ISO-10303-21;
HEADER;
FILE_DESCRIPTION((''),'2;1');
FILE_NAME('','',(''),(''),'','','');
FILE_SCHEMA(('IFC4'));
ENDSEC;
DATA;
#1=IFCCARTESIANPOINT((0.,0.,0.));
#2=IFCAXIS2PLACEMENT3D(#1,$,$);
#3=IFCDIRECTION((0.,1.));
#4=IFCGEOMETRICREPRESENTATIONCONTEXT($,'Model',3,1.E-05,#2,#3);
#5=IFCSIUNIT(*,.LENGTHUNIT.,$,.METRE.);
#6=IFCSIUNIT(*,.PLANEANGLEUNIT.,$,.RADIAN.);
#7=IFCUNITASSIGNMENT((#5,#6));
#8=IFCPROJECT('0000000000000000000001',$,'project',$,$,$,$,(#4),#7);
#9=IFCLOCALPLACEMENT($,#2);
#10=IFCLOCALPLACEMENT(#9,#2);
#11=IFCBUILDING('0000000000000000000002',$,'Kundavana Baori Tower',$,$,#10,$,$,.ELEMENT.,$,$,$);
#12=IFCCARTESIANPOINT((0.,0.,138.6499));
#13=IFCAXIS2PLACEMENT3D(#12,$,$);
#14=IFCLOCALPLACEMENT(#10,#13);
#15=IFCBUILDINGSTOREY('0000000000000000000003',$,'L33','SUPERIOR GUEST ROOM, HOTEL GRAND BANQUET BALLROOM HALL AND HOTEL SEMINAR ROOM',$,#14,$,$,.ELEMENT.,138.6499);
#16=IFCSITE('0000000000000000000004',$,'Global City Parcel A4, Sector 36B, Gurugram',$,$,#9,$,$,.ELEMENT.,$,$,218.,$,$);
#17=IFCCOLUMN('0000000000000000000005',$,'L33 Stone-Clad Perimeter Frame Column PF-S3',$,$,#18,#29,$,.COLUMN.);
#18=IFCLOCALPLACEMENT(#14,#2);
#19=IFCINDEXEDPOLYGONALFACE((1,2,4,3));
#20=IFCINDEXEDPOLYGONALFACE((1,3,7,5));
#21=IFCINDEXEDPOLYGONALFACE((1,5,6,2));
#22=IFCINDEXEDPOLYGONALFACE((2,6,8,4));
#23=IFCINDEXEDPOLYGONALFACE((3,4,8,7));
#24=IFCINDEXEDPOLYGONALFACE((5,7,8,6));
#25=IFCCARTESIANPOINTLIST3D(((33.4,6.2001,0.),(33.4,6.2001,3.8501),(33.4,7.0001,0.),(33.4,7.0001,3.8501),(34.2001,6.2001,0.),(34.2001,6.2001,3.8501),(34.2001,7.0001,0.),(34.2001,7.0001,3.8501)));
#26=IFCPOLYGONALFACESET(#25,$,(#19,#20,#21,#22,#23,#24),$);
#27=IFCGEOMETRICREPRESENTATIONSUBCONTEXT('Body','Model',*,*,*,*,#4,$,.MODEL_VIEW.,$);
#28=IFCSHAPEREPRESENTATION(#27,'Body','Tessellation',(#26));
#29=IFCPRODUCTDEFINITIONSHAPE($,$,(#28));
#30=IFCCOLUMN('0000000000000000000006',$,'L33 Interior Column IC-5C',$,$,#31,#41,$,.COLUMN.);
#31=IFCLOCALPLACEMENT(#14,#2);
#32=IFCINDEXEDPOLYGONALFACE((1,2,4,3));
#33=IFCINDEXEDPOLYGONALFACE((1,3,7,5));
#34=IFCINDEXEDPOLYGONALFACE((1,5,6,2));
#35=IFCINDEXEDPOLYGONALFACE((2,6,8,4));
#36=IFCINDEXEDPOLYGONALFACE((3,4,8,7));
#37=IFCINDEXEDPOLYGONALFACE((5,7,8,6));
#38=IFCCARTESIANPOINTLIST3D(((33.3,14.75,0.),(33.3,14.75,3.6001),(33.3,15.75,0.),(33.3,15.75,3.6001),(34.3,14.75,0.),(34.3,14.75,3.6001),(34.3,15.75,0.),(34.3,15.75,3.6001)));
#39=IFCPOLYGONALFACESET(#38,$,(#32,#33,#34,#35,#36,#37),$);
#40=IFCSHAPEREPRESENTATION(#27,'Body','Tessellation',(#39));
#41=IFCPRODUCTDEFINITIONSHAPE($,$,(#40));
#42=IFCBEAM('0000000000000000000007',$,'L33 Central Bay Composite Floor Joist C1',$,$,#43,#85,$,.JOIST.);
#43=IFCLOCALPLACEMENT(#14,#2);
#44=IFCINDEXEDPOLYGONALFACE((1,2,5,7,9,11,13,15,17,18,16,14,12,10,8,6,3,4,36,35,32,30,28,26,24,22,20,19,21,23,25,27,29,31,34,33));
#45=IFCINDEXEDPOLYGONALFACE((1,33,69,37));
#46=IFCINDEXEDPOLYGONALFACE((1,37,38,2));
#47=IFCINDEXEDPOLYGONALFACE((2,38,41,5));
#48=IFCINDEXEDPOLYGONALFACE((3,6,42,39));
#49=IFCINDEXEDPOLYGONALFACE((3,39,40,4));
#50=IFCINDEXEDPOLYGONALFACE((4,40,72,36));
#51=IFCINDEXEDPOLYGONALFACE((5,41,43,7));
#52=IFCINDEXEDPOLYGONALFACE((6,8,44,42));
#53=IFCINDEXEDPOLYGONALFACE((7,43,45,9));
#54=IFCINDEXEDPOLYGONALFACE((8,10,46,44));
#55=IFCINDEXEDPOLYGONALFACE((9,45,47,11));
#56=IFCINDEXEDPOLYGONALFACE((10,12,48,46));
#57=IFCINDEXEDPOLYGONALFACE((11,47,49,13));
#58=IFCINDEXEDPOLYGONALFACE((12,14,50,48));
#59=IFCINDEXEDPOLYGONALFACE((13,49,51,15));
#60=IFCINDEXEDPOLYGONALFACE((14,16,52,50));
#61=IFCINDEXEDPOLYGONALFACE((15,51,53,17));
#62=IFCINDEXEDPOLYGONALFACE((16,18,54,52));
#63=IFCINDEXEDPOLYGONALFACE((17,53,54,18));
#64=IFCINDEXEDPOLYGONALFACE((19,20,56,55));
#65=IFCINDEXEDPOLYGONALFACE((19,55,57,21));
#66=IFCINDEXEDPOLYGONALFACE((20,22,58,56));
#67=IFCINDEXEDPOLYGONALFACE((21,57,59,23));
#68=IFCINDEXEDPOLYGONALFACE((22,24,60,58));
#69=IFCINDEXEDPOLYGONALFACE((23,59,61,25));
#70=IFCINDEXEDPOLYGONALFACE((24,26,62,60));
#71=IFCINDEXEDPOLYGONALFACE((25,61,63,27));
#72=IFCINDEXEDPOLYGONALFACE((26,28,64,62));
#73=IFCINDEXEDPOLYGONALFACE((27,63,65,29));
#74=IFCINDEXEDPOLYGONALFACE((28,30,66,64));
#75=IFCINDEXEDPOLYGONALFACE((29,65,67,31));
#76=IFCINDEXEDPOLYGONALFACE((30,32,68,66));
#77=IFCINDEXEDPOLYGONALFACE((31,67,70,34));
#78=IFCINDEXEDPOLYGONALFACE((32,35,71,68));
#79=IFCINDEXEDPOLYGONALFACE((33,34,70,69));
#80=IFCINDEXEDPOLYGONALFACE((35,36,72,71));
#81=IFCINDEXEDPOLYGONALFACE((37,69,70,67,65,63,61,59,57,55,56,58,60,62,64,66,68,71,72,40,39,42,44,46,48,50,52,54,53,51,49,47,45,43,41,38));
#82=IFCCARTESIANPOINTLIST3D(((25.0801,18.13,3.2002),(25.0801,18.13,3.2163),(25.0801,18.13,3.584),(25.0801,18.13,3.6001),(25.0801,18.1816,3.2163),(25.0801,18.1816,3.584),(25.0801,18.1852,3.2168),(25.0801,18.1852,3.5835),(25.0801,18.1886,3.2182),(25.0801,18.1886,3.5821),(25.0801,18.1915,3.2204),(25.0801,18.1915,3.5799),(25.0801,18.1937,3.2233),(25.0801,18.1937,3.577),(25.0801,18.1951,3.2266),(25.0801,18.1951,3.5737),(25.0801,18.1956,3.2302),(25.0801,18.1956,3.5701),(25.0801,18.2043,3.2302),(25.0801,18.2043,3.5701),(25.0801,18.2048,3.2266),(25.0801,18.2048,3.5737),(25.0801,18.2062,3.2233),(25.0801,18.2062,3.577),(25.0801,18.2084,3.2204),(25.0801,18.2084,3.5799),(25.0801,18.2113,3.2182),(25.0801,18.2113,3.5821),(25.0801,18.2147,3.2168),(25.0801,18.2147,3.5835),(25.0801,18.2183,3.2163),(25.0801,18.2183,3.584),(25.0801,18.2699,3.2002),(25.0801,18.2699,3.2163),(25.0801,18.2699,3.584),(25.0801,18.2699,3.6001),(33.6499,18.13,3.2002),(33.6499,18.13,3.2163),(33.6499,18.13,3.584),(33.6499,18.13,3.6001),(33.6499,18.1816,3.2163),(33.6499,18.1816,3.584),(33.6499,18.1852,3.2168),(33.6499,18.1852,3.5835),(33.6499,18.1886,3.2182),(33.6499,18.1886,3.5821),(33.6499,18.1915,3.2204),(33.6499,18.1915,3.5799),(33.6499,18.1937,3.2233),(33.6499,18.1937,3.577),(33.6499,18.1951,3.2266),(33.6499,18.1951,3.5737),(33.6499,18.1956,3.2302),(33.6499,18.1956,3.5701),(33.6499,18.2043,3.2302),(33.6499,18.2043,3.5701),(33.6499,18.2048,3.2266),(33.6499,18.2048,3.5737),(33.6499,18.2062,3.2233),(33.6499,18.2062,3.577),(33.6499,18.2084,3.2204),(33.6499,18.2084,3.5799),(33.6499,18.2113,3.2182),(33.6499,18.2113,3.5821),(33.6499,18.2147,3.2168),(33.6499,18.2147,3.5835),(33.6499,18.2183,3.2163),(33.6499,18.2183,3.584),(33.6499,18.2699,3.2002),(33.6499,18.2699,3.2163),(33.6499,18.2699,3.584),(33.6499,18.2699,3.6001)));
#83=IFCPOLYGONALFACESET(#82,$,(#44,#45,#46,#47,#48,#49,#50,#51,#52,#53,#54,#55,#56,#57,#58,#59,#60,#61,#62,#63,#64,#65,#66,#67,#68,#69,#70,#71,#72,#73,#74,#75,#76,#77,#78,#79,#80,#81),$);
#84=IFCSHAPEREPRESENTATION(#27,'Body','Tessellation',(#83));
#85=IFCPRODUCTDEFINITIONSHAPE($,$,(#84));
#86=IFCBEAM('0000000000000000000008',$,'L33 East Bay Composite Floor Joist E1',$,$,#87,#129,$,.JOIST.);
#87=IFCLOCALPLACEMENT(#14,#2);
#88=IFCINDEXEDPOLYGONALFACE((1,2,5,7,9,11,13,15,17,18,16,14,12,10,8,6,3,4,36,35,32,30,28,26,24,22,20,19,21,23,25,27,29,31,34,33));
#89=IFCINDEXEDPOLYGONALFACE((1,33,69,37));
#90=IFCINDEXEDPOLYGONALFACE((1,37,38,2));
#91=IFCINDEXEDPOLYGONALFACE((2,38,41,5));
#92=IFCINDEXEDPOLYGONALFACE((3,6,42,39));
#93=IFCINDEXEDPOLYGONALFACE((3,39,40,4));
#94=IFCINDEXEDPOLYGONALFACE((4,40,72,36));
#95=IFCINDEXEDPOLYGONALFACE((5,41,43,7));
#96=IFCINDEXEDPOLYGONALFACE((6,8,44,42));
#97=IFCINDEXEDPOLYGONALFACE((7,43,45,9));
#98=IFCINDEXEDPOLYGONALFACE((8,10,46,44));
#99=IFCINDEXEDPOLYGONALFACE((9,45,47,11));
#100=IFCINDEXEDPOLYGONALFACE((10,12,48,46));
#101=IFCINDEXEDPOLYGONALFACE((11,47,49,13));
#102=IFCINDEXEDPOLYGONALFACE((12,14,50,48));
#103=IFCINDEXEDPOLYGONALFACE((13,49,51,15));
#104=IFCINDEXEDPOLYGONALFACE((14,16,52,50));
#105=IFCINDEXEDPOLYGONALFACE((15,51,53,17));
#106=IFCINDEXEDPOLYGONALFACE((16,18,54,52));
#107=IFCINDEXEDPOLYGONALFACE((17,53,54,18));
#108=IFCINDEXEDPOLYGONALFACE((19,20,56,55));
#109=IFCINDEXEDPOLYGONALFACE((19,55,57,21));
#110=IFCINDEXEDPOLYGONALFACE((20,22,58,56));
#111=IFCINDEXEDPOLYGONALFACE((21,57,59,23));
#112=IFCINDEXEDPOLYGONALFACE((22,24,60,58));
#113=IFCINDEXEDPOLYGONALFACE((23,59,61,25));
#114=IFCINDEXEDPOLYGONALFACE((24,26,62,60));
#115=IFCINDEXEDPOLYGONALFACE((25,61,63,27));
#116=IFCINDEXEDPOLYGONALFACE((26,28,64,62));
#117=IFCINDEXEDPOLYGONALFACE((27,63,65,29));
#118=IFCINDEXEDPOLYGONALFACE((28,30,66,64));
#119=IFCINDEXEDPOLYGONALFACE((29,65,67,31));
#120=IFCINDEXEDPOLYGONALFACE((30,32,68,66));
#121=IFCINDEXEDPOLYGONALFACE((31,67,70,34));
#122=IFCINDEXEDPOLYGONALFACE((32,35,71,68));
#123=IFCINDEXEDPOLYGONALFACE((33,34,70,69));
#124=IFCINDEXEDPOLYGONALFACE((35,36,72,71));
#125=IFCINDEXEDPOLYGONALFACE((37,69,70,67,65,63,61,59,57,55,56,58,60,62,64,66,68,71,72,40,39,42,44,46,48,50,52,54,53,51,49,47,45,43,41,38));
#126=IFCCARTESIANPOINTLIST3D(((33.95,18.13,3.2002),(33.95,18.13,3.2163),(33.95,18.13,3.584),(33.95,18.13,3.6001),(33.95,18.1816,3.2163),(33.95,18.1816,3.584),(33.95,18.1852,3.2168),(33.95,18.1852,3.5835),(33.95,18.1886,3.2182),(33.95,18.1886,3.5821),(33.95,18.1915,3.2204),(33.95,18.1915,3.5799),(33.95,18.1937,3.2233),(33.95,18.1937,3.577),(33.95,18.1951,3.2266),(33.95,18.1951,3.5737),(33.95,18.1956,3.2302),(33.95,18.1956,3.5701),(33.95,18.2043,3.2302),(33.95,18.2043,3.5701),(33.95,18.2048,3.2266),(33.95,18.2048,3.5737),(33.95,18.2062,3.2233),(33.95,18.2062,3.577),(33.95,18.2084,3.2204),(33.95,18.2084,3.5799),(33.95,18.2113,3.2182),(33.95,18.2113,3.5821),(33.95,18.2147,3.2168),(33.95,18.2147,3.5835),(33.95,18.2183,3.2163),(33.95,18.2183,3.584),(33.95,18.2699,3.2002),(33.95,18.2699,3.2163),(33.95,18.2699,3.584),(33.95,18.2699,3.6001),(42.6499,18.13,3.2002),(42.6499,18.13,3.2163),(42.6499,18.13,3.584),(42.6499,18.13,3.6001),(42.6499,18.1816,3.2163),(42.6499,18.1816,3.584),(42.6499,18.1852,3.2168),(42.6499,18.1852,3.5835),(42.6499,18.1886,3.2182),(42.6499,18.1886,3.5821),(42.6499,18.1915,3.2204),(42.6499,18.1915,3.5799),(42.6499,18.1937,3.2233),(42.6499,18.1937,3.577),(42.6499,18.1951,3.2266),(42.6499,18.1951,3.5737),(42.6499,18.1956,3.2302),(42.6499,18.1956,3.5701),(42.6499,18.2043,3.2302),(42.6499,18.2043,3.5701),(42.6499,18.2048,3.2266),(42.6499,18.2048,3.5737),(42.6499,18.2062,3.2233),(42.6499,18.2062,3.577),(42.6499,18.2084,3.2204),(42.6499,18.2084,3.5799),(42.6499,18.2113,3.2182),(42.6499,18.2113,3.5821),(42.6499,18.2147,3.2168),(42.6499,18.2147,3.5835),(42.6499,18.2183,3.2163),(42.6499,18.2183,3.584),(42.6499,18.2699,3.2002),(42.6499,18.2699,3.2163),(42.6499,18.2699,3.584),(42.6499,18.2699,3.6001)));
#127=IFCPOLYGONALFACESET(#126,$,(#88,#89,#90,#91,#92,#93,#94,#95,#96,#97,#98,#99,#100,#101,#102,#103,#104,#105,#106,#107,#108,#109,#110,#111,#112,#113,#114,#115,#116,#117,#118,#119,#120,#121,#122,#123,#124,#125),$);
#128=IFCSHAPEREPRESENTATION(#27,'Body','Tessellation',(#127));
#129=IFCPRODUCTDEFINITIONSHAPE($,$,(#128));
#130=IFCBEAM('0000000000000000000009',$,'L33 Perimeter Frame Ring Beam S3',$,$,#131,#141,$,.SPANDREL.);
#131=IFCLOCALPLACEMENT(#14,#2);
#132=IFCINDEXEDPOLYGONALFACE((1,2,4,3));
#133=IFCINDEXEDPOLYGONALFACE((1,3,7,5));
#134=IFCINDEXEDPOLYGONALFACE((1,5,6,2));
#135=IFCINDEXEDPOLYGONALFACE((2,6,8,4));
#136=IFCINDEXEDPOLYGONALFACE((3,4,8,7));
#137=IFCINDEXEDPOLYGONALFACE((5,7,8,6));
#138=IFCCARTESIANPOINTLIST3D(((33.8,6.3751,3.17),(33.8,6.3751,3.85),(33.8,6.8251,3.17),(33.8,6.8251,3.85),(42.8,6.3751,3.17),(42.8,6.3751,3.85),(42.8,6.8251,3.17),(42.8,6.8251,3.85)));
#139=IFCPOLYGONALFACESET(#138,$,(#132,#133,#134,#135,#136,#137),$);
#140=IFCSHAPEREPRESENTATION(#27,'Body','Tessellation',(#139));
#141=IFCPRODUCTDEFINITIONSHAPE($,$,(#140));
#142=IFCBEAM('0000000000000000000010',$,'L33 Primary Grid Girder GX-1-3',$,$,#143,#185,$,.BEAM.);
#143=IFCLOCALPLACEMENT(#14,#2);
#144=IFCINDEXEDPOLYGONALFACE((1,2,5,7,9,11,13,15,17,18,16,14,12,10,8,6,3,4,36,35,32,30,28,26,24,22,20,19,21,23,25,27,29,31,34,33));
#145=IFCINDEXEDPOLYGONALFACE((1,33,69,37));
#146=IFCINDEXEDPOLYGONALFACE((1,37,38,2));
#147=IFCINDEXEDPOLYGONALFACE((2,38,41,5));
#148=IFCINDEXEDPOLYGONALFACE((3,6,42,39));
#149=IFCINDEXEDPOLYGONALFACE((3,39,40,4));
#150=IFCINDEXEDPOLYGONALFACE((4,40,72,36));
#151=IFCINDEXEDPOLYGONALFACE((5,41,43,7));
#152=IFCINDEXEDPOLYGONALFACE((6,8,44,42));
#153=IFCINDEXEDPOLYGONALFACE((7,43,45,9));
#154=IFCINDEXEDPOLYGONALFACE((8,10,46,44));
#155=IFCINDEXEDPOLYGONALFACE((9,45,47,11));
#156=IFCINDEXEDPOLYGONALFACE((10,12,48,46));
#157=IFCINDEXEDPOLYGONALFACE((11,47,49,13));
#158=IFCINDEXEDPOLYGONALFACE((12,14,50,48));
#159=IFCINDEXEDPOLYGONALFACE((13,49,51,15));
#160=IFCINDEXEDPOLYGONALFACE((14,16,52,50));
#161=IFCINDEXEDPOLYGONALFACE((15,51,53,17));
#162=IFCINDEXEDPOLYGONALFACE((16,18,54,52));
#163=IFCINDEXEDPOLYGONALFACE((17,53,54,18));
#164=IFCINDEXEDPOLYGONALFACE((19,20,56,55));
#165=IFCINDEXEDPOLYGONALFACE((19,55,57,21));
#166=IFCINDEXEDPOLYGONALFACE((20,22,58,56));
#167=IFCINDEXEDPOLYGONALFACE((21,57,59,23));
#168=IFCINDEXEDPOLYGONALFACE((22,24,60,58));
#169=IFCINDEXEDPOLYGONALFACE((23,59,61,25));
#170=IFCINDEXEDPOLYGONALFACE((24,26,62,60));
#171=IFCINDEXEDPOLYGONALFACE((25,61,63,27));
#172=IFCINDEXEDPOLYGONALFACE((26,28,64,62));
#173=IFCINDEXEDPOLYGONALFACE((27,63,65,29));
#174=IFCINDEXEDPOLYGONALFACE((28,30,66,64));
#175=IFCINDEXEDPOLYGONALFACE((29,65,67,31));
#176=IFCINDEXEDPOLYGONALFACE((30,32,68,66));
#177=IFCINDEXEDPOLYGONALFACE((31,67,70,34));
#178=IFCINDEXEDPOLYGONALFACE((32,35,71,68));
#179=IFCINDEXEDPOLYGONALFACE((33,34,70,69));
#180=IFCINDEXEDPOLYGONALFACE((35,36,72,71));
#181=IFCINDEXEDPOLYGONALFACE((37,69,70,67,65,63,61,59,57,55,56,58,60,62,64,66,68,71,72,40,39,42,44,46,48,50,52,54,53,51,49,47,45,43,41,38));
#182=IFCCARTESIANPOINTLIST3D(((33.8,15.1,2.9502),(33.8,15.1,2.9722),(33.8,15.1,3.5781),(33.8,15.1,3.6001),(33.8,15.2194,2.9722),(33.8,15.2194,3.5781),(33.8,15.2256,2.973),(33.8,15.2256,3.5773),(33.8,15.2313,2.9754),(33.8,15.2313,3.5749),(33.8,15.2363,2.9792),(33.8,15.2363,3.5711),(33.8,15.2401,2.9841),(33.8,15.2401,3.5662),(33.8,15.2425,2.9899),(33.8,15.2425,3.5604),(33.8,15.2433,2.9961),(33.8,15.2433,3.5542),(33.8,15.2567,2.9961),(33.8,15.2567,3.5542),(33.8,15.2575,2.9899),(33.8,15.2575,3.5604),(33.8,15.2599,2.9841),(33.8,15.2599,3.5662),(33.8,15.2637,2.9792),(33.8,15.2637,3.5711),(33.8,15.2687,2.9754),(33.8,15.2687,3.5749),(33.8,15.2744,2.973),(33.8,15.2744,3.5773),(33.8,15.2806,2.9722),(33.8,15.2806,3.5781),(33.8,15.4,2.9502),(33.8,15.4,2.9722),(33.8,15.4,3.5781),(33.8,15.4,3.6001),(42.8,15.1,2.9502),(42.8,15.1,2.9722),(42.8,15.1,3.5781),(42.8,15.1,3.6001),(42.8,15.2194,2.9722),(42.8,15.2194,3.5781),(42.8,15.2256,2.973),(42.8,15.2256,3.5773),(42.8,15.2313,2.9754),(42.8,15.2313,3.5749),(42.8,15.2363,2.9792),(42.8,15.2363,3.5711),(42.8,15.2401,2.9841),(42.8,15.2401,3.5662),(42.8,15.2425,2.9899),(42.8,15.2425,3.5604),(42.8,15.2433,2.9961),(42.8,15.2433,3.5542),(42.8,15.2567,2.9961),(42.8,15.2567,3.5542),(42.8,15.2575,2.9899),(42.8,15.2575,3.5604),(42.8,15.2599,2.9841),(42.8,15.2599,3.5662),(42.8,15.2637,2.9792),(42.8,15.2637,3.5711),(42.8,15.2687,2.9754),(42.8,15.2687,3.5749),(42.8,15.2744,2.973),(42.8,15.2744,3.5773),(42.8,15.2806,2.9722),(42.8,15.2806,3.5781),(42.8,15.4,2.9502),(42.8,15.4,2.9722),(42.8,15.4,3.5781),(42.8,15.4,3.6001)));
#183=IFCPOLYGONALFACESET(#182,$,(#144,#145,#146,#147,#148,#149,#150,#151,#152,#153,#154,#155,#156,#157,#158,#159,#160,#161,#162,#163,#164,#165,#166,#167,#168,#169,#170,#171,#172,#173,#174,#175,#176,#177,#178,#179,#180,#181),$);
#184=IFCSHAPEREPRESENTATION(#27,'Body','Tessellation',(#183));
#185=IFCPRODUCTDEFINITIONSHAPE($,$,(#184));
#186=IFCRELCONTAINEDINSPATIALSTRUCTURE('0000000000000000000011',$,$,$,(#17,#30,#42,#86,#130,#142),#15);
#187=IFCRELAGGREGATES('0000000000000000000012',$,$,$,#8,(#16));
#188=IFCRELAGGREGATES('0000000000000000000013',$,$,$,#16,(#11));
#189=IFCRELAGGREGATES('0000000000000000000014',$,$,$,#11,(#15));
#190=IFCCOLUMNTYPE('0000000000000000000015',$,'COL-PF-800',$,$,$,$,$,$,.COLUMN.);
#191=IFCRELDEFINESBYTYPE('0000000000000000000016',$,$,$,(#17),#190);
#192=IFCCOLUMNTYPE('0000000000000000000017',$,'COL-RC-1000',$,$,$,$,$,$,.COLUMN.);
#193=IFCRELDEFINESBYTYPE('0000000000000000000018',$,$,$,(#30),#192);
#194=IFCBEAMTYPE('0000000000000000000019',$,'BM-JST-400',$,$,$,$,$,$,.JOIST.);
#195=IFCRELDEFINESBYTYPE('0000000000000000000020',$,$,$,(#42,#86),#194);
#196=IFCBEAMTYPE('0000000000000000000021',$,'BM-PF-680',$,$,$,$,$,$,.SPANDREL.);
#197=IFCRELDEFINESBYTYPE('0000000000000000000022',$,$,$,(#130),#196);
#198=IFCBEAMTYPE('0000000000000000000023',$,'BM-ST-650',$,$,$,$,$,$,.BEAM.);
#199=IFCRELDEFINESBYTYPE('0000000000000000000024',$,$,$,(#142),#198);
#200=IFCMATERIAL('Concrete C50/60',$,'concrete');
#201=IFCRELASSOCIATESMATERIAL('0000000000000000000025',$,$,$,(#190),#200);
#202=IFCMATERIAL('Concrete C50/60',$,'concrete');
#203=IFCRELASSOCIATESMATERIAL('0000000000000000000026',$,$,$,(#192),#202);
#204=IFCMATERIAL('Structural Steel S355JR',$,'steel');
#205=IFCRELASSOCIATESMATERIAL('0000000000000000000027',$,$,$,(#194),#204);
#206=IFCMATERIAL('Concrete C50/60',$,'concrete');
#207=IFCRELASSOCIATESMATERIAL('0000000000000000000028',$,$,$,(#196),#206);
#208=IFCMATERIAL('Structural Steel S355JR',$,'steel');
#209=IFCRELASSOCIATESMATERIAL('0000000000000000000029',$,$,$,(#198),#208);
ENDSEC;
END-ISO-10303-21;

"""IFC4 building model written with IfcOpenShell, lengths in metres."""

from ifc_helpers import new_model, si_unit, direction, frame, origin, origin_2d, place, context, subcontext, project, spatial, rectangle, i_section, extrude, material, material_profile, profile_set, type_object, element, save


model = new_model("IFC4")

# Units and contexts
model_context = context("Model", 3, precision=1e-05, world=origin(), true_north=direction((0.0, 1.0)))
body_context = subcontext(model_context, "Body", "Model", "MODEL_VIEW")
ifc_project = project(units=[si_unit("LENGTHUNIT", "METRE"), si_unit("PLANEANGLEUNIT", "RADIAN")], contexts=[model_context])

# Site, building, storey
site_placement = place(None, origin())
site = spatial("IfcSite", under=ifc_project, at=site_placement, Name="Global City Parcel A4, Sector 36B, Gurugram", CompositionType="ELEMENT", RefElevation=218.0)
building_placement = place(site_placement, origin())
building = spatial("IfcBuilding", under=site, at=building_placement, Name="Kundavana Baori Tower", CompositionType="ELEMENT")
storey_placement = place(building_placement, frame((0.0, 0.0, 138.6499)))
storey = spatial("IfcBuildingStorey", under=building, at=storey_placement, Name="L33", Description="SUPERIOR GUEST ROOM, HOTEL GRAND BANQUET BALLROOM HALL AND HOTEL SEMINAR ROOM", CompositionType="ELEMENT", Elevation=138.6499)

# Columns
ifc_material_1 = material(Name="Concrete C50/60", Category="concrete")
ifc_material_profile_1 = material_profile(ifc_material_1, rectangle(XDim=0.8, YDim=0.8, at=origin_2d()), Name="RC PF 800x800")
ifc_profile_set_1 = profile_set([ifc_material_profile_1], Name="Concrete C50/60")
column_type_1 = type_object("IfcColumnType", Name="COL-PF-800", PredefinedType="COLUMN", material=ifc_profile_set_1)
column_1_placement = place(storey_placement, frame((33.8, 6.6001, 0.0), z_axis=(0.0, 0.0, 1.0), x_axis=(1.0, 0.0, 0.0)))
element("IfcColumn", 1, at=column_1_placement, inside=storey, type_object=column_type_1, Name="L33 Stone-Clad Perimeter Frame Column PF-S3", PredefinedType="COLUMN", context=body_context, shape_type="SweptSolid", body=[
    extrude(rectangle(XDim=0.8, YDim=0.8, at=origin_2d()), origin(), (0.0, 0.0, 1.0), 3.8501),
])
ifc_material_2 = material(Name="Concrete C50/60", Category="concrete")
ifc_material_profile_2 = material_profile(ifc_material_2, rectangle(XDim=1.0, YDim=1.0, at=origin_2d()), Name="RC 1000x1000")
ifc_profile_set_2 = profile_set([ifc_material_profile_2], Name="Concrete C50/60")
column_type_2 = type_object("IfcColumnType", Name="COL-RC-1000", PredefinedType="COLUMN", material=ifc_profile_set_2)
column_2_placement = place(storey_placement, frame((33.8, 15.25, 0.0), z_axis=(0.0, 0.0, 1.0), x_axis=(1.0, 0.0, 0.0)))
element("IfcColumn", 2, at=column_2_placement, inside=storey, type_object=column_type_2, Name="L33 Interior Column IC-5C", PredefinedType="COLUMN", context=body_context, shape_type="SweptSolid", body=[
    extrude(rectangle(XDim=1.0, YDim=1.0, at=origin_2d()), origin(), (0.0, 0.0, 1.0), 3.6001),
])

# Beams
ifc_material_3 = material(Name="Structural Steel S355JR", Category="steel")
ifc_material_profile_3 = material_profile(ifc_material_3, i_section(OverallWidth=0.1399, OverallDepth=0.3999, WebThickness=0.0088, FlangeThickness=0.0161, FilletRadius=0.0139, at=origin_2d()), Name="ISMB 400")
ifc_profile_set_3 = profile_set([ifc_material_profile_3], Name="Structural Steel S355JR")
beam_type_1 = type_object("IfcBeamType", Name="BM-JST-400", PredefinedType="JOIST", material=ifc_profile_set_3)
beam_1_placement = place(storey_placement, frame((25.0801, 18.2, 3.4001), z_axis=(1.0, 0.0, 0.0), x_axis=(0.0, 1.0, 0.0)))
element("IfcBeam", 3, at=beam_1_placement, inside=storey, type_object=beam_type_1, Name="L33 Central Bay Composite Floor Joist C1", PredefinedType="JOIST", context=body_context, shape_type="SweptSolid", body=[
    extrude(i_section(OverallWidth=0.1399, OverallDepth=0.3999, WebThickness=0.0088, FlangeThickness=0.0161, FilletRadius=0.0139, at=origin_2d()), origin(), (0.0, 0.0, 1.0), 8.5698),
])
beam_2_placement = place(storey_placement, frame((33.95, 18.2, 3.4001), z_axis=(1.0, 0.0, 0.0), x_axis=(0.0, 1.0, 0.0)))
element("IfcBeam", 4, at=beam_2_placement, inside=storey, type_object=beam_type_1, Name="L33 East Bay Composite Floor Joist E1", PredefinedType="JOIST", context=body_context, shape_type="SweptSolid", body=[
    extrude(i_section(OverallWidth=0.1399, OverallDepth=0.3999, WebThickness=0.0088, FlangeThickness=0.0161, FilletRadius=0.0139, at=origin_2d()), origin(), (0.0, 0.0, 1.0), 8.7),
])
ifc_material_4 = material(Name="Concrete C50/60", Category="concrete")
ifc_material_profile_4 = material_profile(ifc_material_4, rectangle(XDim=0.45, YDim=0.6799, at=origin_2d()), Name="RC BM 450x680")
ifc_profile_set_4 = profile_set([ifc_material_profile_4], Name="Concrete C50/60")
beam_type_2 = type_object("IfcBeamType", Name="BM-PF-680", PredefinedType="SPANDREL", material=ifc_profile_set_4)
beam_3_placement = place(storey_placement, frame((33.8, 6.6001, 3.51), z_axis=(1.0, 0.0, 0.0), x_axis=(0.0, 1.0, 0.0)))
element("IfcBeam", 5, at=beam_3_placement, inside=storey, type_object=beam_type_2, Name="L33 Perimeter Frame Ring Beam S3", PredefinedType="SPANDREL", context=body_context, shape_type="SweptSolid", body=[
    extrude(rectangle(XDim=0.45, YDim=0.6799, at=origin_2d()), origin(), (0.0, 0.0, 1.0), 9.0),
])
ifc_material_5 = material(Name="Structural Steel S355JR", Category="steel")
ifc_material_profile_5 = material_profile(ifc_material_5, i_section(OverallWidth=0.3, OverallDepth=0.6499, WebThickness=0.0134, FlangeThickness=0.022, FilletRadius=0.0239, at=origin_2d()), Name="NPB 650x300x155")
ifc_profile_set_5 = profile_set([ifc_material_profile_5], Name="Structural Steel S355JR")
beam_type_3 = type_object("IfcBeamType", Name="BM-ST-650", PredefinedType="BEAM", material=ifc_profile_set_5)
beam_4_placement = place(storey_placement, frame((33.8, 15.25, 3.2751), z_axis=(1.0, 0.0, 0.0), x_axis=(0.0, 1.0, 0.0)))
element("IfcBeam", 6, at=beam_4_placement, inside=storey, type_object=beam_type_3, Name="L33 Primary Grid Girder GX-1-3", PredefinedType="BEAM", context=body_context, shape_type="SweptSolid", body=[
    extrude(i_section(OverallWidth=0.3, OverallDepth=0.6499, WebThickness=0.0134, FlangeThickness=0.022, FilletRadius=0.0239, at=origin_2d()), origin(), (0.0, 0.0, 1.0), 9.0),
])

save(model, "model.ifc")
